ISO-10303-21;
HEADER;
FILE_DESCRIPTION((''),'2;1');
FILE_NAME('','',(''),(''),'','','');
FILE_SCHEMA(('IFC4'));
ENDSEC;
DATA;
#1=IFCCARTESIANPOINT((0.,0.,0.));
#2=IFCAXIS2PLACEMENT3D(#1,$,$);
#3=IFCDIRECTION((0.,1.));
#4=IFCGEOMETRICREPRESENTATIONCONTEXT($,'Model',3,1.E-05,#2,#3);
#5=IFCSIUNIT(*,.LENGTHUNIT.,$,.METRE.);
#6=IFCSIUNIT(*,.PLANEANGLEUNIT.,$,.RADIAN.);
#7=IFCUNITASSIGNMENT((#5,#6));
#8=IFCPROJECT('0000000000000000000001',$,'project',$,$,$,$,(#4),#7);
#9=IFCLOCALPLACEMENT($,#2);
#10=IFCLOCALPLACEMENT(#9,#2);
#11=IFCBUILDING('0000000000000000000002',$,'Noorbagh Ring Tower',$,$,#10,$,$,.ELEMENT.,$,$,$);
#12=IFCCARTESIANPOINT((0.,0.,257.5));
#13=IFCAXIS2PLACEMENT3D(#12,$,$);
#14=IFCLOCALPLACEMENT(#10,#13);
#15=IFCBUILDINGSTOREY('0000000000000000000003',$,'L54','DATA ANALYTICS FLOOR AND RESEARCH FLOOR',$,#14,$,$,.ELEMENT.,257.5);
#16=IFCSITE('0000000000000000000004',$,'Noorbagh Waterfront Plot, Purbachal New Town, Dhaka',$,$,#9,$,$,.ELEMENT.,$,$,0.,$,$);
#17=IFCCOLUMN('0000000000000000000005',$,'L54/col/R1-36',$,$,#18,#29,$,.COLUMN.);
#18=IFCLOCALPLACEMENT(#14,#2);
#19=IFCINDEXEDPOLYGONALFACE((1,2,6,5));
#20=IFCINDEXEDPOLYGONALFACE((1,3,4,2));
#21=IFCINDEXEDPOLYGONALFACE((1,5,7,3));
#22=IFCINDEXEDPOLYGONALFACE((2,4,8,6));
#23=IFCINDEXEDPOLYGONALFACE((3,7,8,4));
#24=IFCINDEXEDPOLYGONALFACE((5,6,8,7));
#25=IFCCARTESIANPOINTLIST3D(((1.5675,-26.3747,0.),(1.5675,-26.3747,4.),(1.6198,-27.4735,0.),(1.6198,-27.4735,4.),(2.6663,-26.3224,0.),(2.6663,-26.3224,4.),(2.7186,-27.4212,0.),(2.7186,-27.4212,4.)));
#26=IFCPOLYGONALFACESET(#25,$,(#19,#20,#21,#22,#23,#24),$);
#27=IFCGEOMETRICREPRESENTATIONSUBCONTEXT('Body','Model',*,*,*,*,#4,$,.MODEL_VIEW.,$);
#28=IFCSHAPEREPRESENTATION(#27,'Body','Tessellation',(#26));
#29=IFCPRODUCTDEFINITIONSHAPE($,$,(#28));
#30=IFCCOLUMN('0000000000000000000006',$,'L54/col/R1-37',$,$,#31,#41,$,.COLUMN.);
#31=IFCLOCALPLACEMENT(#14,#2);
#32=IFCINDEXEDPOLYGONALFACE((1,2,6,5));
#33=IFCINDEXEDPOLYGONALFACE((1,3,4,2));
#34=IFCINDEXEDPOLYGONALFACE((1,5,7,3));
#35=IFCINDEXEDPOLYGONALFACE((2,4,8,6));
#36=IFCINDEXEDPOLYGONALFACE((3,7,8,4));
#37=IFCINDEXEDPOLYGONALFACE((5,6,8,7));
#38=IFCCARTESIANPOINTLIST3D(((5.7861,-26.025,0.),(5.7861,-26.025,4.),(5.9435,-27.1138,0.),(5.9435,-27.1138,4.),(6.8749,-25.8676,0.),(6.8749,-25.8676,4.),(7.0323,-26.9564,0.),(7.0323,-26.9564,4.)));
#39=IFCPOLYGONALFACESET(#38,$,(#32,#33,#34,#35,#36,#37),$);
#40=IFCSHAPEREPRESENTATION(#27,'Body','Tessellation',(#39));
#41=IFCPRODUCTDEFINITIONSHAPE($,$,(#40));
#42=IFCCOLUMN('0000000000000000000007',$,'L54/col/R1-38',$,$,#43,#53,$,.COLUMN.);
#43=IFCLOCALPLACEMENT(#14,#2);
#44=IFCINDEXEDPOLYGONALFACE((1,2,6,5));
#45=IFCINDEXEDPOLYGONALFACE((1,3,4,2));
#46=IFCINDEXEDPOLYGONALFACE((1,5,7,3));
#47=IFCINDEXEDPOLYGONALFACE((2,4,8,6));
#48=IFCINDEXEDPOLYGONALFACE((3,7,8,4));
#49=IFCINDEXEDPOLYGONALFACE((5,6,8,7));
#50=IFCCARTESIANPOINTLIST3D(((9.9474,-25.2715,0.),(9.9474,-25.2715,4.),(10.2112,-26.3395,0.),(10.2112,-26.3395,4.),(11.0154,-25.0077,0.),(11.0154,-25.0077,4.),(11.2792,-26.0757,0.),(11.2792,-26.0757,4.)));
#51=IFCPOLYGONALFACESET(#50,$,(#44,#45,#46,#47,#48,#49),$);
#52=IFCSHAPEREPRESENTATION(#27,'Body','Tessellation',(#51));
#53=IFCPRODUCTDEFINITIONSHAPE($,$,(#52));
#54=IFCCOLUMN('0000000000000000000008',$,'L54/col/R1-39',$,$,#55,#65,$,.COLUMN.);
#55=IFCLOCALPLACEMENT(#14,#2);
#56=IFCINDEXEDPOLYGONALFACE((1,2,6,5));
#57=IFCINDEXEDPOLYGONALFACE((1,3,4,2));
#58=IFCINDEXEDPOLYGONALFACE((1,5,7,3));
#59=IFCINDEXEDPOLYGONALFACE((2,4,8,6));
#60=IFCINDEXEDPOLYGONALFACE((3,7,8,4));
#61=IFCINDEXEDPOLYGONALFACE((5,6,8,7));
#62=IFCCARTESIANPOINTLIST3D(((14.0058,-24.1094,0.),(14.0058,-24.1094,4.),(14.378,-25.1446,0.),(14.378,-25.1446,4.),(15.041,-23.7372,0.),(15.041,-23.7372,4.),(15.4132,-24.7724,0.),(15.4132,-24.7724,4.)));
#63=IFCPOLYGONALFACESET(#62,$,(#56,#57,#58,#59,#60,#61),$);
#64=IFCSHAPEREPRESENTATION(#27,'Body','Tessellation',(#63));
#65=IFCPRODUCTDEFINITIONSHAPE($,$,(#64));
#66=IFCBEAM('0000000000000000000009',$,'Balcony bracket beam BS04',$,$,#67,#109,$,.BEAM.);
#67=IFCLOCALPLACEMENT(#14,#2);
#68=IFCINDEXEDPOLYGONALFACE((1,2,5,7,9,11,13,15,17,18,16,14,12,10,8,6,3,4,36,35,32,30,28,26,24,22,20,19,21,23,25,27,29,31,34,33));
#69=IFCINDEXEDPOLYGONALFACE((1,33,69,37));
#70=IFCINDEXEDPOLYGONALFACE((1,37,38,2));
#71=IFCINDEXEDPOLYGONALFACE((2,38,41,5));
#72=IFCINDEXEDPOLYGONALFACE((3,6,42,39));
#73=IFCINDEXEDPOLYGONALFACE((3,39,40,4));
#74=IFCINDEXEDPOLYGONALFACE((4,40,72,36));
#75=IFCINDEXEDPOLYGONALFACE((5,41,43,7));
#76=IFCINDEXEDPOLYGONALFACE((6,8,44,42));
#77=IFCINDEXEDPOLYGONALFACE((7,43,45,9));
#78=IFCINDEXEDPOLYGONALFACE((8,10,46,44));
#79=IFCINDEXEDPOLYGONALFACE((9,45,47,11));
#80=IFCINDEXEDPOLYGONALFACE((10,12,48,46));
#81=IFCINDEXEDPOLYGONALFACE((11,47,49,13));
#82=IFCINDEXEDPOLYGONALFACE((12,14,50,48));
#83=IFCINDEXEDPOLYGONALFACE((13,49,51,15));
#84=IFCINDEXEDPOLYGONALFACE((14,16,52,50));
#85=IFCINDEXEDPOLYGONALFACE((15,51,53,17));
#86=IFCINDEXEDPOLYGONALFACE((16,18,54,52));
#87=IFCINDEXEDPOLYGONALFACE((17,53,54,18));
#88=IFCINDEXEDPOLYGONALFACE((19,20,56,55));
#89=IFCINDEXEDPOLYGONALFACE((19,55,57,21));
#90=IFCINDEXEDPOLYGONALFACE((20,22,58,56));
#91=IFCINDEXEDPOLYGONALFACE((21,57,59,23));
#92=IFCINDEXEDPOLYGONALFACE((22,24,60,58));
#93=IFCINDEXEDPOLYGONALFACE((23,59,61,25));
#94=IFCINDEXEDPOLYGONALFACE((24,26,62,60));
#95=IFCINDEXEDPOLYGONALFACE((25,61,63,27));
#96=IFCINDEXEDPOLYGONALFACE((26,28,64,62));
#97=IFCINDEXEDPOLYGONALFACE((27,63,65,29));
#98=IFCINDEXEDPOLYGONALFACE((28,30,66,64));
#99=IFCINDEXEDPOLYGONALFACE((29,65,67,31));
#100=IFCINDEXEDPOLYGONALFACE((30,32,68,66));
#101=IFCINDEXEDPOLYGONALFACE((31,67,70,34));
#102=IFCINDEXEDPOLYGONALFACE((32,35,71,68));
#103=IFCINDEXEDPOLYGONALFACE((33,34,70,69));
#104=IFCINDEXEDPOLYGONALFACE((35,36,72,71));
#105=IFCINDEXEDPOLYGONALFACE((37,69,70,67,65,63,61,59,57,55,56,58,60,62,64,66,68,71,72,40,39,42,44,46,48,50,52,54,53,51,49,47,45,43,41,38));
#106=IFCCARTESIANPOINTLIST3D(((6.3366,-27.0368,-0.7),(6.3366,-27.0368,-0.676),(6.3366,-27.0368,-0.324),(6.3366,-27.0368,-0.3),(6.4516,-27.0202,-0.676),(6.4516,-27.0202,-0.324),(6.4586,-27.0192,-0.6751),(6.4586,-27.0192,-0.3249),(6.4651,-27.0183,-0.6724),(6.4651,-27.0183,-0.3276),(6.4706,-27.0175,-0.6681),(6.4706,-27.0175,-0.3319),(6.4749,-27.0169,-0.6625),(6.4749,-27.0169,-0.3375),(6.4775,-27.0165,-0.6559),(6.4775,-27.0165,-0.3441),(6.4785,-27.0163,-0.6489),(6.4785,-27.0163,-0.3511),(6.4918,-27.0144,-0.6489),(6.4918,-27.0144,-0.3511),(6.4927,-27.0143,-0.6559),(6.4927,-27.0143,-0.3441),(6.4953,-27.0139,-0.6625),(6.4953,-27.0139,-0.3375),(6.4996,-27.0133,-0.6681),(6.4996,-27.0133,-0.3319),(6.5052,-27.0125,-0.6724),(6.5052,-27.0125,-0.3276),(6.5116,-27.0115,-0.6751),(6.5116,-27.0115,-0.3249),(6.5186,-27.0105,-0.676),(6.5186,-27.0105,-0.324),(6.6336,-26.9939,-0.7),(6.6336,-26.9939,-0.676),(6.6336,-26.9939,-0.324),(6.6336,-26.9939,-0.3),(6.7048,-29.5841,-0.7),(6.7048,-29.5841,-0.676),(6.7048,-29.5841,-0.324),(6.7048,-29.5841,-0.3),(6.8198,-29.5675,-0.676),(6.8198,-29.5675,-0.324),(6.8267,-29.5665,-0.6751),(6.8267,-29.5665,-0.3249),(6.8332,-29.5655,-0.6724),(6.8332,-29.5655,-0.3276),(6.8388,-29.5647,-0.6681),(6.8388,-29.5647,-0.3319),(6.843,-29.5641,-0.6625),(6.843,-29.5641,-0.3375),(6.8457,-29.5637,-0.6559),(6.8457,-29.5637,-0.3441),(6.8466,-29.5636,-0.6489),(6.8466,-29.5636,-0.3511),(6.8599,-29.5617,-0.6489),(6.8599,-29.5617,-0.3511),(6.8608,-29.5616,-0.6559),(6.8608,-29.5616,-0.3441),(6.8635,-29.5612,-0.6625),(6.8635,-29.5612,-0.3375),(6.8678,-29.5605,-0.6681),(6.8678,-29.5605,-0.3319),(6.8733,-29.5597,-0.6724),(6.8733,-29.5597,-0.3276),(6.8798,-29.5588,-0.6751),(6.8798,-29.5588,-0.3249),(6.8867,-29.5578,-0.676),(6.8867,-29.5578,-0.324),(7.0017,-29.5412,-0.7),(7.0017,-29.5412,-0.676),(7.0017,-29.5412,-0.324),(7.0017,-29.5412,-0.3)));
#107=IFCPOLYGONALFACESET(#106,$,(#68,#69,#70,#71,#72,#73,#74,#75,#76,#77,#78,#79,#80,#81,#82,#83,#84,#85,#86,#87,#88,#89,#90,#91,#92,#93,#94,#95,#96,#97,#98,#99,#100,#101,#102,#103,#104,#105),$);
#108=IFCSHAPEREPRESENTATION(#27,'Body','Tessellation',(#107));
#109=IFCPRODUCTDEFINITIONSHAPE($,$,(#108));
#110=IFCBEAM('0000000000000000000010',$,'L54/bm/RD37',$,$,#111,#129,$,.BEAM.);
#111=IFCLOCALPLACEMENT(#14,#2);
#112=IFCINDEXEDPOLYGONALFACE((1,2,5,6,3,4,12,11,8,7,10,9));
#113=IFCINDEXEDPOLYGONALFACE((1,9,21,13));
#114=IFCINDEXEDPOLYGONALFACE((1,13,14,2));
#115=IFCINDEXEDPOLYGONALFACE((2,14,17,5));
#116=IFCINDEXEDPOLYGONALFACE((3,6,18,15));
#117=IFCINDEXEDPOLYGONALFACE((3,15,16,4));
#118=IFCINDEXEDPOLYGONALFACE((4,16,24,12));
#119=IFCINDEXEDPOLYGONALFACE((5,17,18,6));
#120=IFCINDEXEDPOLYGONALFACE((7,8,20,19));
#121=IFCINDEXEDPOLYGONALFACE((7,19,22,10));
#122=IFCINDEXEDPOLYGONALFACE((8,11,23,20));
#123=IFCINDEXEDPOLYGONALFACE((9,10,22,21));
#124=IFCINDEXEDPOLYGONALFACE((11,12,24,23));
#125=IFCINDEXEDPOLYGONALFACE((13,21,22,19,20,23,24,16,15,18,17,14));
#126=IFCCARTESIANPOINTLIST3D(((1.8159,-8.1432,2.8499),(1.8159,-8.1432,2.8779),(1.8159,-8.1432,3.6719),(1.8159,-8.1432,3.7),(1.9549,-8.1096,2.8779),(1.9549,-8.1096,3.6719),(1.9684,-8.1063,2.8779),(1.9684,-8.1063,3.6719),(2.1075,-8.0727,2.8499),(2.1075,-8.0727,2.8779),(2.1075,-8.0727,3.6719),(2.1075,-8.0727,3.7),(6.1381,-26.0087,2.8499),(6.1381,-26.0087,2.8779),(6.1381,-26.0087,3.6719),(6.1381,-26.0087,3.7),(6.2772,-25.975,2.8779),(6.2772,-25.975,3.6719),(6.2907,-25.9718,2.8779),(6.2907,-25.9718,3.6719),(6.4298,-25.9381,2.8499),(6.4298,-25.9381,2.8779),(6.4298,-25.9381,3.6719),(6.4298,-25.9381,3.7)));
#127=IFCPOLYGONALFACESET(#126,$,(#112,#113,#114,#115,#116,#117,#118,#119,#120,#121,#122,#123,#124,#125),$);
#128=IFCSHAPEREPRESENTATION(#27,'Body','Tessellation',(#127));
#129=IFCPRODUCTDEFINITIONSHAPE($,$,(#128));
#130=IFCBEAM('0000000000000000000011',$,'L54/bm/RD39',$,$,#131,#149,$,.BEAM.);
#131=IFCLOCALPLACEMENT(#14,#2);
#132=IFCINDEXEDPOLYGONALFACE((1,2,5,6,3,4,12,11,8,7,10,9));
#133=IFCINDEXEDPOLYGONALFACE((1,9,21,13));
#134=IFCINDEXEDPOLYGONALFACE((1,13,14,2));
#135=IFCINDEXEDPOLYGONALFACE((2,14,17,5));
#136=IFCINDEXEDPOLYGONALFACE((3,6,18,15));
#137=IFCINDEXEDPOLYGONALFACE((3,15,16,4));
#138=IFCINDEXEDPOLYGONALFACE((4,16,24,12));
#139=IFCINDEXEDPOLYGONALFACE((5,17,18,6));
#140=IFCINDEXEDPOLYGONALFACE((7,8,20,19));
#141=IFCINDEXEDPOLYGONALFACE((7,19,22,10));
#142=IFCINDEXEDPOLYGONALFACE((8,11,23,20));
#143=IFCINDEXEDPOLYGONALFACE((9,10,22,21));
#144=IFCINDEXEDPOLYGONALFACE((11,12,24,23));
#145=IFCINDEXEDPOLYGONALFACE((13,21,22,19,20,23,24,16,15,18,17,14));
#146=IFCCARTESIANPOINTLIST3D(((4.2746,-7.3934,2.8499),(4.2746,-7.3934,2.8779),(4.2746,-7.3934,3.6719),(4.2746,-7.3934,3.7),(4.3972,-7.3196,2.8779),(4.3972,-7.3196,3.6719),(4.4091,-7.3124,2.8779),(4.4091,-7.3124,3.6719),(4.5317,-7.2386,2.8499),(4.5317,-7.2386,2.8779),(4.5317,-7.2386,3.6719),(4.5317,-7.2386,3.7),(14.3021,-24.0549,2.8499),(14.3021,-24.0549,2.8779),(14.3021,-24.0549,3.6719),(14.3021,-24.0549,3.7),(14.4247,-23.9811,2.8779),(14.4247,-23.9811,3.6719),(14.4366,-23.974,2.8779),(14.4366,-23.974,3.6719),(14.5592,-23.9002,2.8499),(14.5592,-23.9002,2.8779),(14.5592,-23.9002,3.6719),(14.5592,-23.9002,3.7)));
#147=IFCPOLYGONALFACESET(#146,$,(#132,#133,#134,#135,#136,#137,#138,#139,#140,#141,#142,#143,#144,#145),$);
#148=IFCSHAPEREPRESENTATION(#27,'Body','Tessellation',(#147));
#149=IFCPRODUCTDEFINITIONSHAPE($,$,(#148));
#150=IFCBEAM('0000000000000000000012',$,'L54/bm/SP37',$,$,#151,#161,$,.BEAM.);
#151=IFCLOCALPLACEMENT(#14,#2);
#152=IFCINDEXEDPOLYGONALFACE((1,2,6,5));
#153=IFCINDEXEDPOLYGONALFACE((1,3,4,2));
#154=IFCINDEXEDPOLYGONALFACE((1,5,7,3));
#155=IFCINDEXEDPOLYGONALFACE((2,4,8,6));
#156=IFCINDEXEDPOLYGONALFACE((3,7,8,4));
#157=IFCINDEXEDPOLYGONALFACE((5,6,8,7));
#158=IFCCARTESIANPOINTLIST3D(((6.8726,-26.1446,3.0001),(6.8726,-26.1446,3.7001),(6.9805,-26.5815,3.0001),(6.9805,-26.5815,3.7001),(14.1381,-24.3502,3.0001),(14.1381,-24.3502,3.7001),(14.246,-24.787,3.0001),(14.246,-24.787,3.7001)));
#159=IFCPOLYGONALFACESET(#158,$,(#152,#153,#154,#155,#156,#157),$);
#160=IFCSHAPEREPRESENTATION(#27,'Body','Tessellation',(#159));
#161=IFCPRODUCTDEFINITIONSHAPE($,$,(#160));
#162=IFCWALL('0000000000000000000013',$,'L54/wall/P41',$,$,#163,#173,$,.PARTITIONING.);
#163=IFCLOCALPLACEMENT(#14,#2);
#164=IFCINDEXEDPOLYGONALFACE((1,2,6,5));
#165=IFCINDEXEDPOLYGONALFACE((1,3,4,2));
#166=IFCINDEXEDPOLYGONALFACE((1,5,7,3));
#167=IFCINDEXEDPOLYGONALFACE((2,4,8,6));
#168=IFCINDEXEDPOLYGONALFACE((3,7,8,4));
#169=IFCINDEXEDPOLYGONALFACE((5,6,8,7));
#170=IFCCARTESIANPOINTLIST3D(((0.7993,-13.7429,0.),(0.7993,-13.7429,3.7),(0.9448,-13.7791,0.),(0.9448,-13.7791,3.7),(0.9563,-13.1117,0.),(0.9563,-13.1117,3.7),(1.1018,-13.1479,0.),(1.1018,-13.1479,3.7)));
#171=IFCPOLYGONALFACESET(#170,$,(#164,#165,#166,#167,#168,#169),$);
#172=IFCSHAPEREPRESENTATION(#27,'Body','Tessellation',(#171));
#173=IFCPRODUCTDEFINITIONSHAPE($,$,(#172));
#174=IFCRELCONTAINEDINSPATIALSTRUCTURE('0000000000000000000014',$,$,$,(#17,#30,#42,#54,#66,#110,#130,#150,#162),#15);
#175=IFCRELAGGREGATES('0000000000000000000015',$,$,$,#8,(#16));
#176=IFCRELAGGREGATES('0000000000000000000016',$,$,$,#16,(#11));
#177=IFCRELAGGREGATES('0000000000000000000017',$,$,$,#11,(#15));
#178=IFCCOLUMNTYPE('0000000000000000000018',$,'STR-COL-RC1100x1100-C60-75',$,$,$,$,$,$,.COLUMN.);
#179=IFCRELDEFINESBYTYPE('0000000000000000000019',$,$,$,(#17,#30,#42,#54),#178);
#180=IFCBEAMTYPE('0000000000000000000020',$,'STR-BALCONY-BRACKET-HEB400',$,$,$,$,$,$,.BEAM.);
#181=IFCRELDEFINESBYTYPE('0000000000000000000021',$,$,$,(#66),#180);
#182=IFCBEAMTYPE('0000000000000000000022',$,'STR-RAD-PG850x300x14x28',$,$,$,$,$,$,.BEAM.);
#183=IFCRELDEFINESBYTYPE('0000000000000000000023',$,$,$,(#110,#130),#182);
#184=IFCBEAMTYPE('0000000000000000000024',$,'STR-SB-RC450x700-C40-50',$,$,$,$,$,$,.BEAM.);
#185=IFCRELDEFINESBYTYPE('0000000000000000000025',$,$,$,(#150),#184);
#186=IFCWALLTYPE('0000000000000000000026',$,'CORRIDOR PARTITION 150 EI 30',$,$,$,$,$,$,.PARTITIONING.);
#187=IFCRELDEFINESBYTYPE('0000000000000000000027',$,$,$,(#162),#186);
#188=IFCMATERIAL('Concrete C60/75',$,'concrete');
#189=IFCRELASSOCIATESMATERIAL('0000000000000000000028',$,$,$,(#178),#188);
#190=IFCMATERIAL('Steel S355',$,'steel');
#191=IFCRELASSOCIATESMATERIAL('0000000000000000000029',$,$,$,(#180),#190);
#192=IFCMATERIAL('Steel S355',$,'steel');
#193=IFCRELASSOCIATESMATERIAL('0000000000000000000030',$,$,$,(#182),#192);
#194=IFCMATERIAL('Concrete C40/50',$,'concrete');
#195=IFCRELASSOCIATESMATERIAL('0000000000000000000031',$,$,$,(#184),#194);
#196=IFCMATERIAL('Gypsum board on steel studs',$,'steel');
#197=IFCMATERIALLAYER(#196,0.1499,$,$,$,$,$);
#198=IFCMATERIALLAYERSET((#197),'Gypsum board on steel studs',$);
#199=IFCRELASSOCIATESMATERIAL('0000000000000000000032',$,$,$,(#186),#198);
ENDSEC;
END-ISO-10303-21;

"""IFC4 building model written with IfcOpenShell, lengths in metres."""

from ifc_helpers import new_model, si_unit, direction, frame, frame_2d, origin, origin_2d, place, context, subcontext, project, spatial, rectangle, i_section, extrude, material, layer, layer_set, material_profile, profile_set, type_object, element, save


model = new_model("IFC4")

# Units and contexts
model_context = context("Model", 3, precision=1e-05, world=origin(), true_north=direction((0.0, 1.0)))
body_context = subcontext(model_context, "Body", "Model", "MODEL_VIEW")
ifc_project = project(units=[si_unit("LENGTHUNIT", "METRE"), si_unit("PLANEANGLEUNIT", "RADIAN")], contexts=[model_context])

# Site, building, storey
site_placement = place(None, origin())
site = spatial("IfcSite", under=ifc_project, at=site_placement, Name="Noorbagh Waterfront Plot, Purbachal New Town, Dhaka", CompositionType="ELEMENT", RefElevation=0.0)
building_placement = place(site_placement, origin())
building = spatial("IfcBuilding", under=site, at=building_placement, Name="Noorbagh Ring Tower", CompositionType="ELEMENT")
storey_placement = place(building_placement, frame((0.0, 0.0, 257.5)))
storey = spatial("IfcBuildingStorey", under=building, at=storey_placement, Name="L54", Description="DATA ANALYTICS FLOOR AND RESEARCH FLOOR", CompositionType="ELEMENT", Elevation=257.5)

# Columns
ifc_material_1 = material(Name="Concrete C60/75", Category="concrete")
ifc_material_profile_1 = material_profile(ifc_material_1, rectangle(XDim=1.1001, YDim=1.1001, at=origin_2d()), Name="RC1100x1100")
ifc_profile_set_1 = profile_set([ifc_material_profile_1], Name="Concrete C60/75")
column_type = type_object("IfcColumnType", Name="STR-COL-RC1100x1100-C60-75", PredefinedType="COLUMN", material=ifc_profile_set_1)
for number, where, z_axis, x_axis, name in (
    (1, (2.1431, -26.8979, 0.0), (0.0, 0.0, 1.0), (0.998869, 0.047553, 0.0), "L54/col/R1-36"),
    (2, (6.4092, -26.4907, 0.0), (0.0, 0.0, 1.0), (0.989713, 0.143066, 0.0), "L54/col/R1-37"),
    (3, (10.6133, -25.6736, 0.0), (0.0, 0.0, 1.0), (0.970829, 0.239771, 0.0), "L54/col/R1-38"),
    (4, (14.7095, -24.4409, 0.0), (0.0, 0.0, 1.0), (0.941025, 0.338338, 0.0), "L54/col/R1-39"),
):
    element("IfcColumn", number, at=place(storey_placement, frame(where, z_axis=z_axis, x_axis=x_axis)), inside=storey, type_object=column_type, Name=name, PredefinedType="COLUMN", context=body_context, shape_type="SweptSolid", body=[
        extrude(rectangle(XDim=1.1001, YDim=1.1001, at=origin_2d()), origin(), (0.0, 0.0, 1.0), 4.0),
    ])

# Beams
ifc_material_2 = material(Name="Steel S355", Category="steel")
ifc_material_profile_2 = material_profile(ifc_material_2, i_section(OverallWidth=0.3, OverallDepth=0.3999, WebThickness=0.0134, FlangeThickness=0.0239, FilletRadius=0.0271, at=origin_2d()), Name="HEB400")
ifc_profile_set_2 = profile_set([ifc_material_profile_2], Name="Steel S355")
beam_type_1 = type_object("IfcBeamType", Name="STR-BALCONY-BRACKET-HEB400", PredefinedType="BEAM", material=ifc_profile_set_2)
beam_1_placement = place(storey_placement, frame((6.4851, -27.0154, -0.5), z_axis=(0.143041, -0.989717, 0.0), x_axis=(0.989717, 0.143041, 0.0)))
element("IfcBeam", 5, at=beam_1_placement, inside=storey, type_object=beam_type_1, Name="Balcony bracket beam BS04", PredefinedType="BEAM", context=body_context, shape_type="SweptSolid", body=[
    extrude(i_section(OverallWidth=0.3, OverallDepth=0.3999, WebThickness=0.0134, FlangeThickness=0.0239, FilletRadius=0.0271, at=origin_2d()), origin(), (0.0, 0.0, 1.0), 2.5737),
])
ifc_material_3 = material(Name="Steel S355", Category="steel")
ifc_material_profile_3 = material_profile(ifc_material_3, i_section(OverallWidth=0.3, OverallDepth=0.8501, WebThickness=0.0139, FlangeThickness=0.0281, at=origin_2d()), Name="PG850x300x14x28")
ifc_profile_set_3 = profile_set([ifc_material_profile_3], Name="Steel S355")
beam_type_2 = type_object("IfcBeamType", Name="STR-RAD-PG850x300x14x28", PredefinedType="BEAM", material=ifc_profile_set_3)
beam_2_placement = place(storey_placement, frame((6.2839, -25.9734, 3.2749), z_axis=(-0.23515, 0.971959, 0.0), x_axis=(-0.971959, -0.23515, 0.0)))
element("IfcBeam", 6, at=beam_2_placement, inside=storey, type_object=beam_type_2, Name="L54/bm/RD37", PredefinedType="BEAM", context=body_context, shape_type="SweptSolid", body=[
    extrude(i_section(OverallWidth=0.3, OverallDepth=0.8501, WebThickness=0.0139, FlangeThickness=0.0281, at=origin_2d()), origin(), (0.0, 0.0, 1.0), 18.3809),
])
beam_3_placement = place(storey_placement, frame((14.4307, -23.9775, 3.2749), z_axis=(-0.515653, 0.856798, 0.0), x_axis=(-0.856798, -0.515653, 0.0)))
element("IfcBeam", 7, at=beam_3_placement, inside=storey, type_object=beam_type_2, Name="L54/bm/RD39", PredefinedType="BEAM", context=body_context, shape_type="SweptSolid", body=[
    extrude(i_section(OverallWidth=0.3, OverallDepth=0.8501, WebThickness=0.0139, FlangeThickness=0.0281, at=origin_2d()), origin(), (0.0, 0.0, 1.0), 19.4463),
])
ifc_material_4 = material(Name="Concrete C40/50", Category="concrete")
ifc_material_profile_4 = material_profile(ifc_material_4, rectangle(XDim=0.45, YDim=0.7, at=origin_2d()), Name="RC450x700")
ifc_profile_set_4 = profile_set([ifc_material_profile_4], Name="Concrete C40/50")
beam_type_3 = type_object("IfcBeamType", Name="STR-SB-RC450x700-C40-50", PredefinedType="BEAM", material=ifc_profile_set_4)
beam_4_placement = place(storey_placement, frame((6.9265, -26.363, 3.3501), z_axis=(0.970829, 0.239771, 0.0), x_axis=(-0.239771, 0.970829, 0.0)))
element("IfcBeam", 8, at=beam_4_placement, inside=storey, type_object=beam_type_3, Name="L54/bm/SP37", PredefinedType="BEAM", context=body_context, shape_type="SweptSolid", body=[
    extrude(rectangle(XDim=0.45, YDim=0.7, at=origin_2d()), origin(), (0.0, 0.0, 1.0), 7.4839),
])

# Wall
ifc_material_5 = material(Name="Gypsum board on steel studs", Category="steel")
ifc_layer_1 = layer(ifc_material_5, 0.1499)
ifc_layer_set_1 = layer_set([ifc_layer_1], Name="Gypsum board on steel studs")
wall_type_1 = type_object("IfcWallType", Name="CORRIDOR PARTITION 150 EI 30", PredefinedType="PARTITIONING", material=ifc_layer_set_1)
wall_1_placement = place(storey_placement, frame((0.8721, -13.761, 0.0), z_axis=(0.0, 0.0, 1.0), x_axis=(0.241387, 0.970429, 0.0)))
element("IfcWall", 9, at=wall_1_placement, inside=storey, type_object=wall_type_1, Name="L54/wall/P41", PredefinedType="PARTITIONING", context=body_context, shape_type="SweptSolid", body=[
    extrude(rectangle(XDim=0.6504, YDim=0.1499, at=frame_2d((0.3252, 0.0))), origin(), (0.0, 0.0, 1.0), 3.7),
])

save(model, "model.ifc")
